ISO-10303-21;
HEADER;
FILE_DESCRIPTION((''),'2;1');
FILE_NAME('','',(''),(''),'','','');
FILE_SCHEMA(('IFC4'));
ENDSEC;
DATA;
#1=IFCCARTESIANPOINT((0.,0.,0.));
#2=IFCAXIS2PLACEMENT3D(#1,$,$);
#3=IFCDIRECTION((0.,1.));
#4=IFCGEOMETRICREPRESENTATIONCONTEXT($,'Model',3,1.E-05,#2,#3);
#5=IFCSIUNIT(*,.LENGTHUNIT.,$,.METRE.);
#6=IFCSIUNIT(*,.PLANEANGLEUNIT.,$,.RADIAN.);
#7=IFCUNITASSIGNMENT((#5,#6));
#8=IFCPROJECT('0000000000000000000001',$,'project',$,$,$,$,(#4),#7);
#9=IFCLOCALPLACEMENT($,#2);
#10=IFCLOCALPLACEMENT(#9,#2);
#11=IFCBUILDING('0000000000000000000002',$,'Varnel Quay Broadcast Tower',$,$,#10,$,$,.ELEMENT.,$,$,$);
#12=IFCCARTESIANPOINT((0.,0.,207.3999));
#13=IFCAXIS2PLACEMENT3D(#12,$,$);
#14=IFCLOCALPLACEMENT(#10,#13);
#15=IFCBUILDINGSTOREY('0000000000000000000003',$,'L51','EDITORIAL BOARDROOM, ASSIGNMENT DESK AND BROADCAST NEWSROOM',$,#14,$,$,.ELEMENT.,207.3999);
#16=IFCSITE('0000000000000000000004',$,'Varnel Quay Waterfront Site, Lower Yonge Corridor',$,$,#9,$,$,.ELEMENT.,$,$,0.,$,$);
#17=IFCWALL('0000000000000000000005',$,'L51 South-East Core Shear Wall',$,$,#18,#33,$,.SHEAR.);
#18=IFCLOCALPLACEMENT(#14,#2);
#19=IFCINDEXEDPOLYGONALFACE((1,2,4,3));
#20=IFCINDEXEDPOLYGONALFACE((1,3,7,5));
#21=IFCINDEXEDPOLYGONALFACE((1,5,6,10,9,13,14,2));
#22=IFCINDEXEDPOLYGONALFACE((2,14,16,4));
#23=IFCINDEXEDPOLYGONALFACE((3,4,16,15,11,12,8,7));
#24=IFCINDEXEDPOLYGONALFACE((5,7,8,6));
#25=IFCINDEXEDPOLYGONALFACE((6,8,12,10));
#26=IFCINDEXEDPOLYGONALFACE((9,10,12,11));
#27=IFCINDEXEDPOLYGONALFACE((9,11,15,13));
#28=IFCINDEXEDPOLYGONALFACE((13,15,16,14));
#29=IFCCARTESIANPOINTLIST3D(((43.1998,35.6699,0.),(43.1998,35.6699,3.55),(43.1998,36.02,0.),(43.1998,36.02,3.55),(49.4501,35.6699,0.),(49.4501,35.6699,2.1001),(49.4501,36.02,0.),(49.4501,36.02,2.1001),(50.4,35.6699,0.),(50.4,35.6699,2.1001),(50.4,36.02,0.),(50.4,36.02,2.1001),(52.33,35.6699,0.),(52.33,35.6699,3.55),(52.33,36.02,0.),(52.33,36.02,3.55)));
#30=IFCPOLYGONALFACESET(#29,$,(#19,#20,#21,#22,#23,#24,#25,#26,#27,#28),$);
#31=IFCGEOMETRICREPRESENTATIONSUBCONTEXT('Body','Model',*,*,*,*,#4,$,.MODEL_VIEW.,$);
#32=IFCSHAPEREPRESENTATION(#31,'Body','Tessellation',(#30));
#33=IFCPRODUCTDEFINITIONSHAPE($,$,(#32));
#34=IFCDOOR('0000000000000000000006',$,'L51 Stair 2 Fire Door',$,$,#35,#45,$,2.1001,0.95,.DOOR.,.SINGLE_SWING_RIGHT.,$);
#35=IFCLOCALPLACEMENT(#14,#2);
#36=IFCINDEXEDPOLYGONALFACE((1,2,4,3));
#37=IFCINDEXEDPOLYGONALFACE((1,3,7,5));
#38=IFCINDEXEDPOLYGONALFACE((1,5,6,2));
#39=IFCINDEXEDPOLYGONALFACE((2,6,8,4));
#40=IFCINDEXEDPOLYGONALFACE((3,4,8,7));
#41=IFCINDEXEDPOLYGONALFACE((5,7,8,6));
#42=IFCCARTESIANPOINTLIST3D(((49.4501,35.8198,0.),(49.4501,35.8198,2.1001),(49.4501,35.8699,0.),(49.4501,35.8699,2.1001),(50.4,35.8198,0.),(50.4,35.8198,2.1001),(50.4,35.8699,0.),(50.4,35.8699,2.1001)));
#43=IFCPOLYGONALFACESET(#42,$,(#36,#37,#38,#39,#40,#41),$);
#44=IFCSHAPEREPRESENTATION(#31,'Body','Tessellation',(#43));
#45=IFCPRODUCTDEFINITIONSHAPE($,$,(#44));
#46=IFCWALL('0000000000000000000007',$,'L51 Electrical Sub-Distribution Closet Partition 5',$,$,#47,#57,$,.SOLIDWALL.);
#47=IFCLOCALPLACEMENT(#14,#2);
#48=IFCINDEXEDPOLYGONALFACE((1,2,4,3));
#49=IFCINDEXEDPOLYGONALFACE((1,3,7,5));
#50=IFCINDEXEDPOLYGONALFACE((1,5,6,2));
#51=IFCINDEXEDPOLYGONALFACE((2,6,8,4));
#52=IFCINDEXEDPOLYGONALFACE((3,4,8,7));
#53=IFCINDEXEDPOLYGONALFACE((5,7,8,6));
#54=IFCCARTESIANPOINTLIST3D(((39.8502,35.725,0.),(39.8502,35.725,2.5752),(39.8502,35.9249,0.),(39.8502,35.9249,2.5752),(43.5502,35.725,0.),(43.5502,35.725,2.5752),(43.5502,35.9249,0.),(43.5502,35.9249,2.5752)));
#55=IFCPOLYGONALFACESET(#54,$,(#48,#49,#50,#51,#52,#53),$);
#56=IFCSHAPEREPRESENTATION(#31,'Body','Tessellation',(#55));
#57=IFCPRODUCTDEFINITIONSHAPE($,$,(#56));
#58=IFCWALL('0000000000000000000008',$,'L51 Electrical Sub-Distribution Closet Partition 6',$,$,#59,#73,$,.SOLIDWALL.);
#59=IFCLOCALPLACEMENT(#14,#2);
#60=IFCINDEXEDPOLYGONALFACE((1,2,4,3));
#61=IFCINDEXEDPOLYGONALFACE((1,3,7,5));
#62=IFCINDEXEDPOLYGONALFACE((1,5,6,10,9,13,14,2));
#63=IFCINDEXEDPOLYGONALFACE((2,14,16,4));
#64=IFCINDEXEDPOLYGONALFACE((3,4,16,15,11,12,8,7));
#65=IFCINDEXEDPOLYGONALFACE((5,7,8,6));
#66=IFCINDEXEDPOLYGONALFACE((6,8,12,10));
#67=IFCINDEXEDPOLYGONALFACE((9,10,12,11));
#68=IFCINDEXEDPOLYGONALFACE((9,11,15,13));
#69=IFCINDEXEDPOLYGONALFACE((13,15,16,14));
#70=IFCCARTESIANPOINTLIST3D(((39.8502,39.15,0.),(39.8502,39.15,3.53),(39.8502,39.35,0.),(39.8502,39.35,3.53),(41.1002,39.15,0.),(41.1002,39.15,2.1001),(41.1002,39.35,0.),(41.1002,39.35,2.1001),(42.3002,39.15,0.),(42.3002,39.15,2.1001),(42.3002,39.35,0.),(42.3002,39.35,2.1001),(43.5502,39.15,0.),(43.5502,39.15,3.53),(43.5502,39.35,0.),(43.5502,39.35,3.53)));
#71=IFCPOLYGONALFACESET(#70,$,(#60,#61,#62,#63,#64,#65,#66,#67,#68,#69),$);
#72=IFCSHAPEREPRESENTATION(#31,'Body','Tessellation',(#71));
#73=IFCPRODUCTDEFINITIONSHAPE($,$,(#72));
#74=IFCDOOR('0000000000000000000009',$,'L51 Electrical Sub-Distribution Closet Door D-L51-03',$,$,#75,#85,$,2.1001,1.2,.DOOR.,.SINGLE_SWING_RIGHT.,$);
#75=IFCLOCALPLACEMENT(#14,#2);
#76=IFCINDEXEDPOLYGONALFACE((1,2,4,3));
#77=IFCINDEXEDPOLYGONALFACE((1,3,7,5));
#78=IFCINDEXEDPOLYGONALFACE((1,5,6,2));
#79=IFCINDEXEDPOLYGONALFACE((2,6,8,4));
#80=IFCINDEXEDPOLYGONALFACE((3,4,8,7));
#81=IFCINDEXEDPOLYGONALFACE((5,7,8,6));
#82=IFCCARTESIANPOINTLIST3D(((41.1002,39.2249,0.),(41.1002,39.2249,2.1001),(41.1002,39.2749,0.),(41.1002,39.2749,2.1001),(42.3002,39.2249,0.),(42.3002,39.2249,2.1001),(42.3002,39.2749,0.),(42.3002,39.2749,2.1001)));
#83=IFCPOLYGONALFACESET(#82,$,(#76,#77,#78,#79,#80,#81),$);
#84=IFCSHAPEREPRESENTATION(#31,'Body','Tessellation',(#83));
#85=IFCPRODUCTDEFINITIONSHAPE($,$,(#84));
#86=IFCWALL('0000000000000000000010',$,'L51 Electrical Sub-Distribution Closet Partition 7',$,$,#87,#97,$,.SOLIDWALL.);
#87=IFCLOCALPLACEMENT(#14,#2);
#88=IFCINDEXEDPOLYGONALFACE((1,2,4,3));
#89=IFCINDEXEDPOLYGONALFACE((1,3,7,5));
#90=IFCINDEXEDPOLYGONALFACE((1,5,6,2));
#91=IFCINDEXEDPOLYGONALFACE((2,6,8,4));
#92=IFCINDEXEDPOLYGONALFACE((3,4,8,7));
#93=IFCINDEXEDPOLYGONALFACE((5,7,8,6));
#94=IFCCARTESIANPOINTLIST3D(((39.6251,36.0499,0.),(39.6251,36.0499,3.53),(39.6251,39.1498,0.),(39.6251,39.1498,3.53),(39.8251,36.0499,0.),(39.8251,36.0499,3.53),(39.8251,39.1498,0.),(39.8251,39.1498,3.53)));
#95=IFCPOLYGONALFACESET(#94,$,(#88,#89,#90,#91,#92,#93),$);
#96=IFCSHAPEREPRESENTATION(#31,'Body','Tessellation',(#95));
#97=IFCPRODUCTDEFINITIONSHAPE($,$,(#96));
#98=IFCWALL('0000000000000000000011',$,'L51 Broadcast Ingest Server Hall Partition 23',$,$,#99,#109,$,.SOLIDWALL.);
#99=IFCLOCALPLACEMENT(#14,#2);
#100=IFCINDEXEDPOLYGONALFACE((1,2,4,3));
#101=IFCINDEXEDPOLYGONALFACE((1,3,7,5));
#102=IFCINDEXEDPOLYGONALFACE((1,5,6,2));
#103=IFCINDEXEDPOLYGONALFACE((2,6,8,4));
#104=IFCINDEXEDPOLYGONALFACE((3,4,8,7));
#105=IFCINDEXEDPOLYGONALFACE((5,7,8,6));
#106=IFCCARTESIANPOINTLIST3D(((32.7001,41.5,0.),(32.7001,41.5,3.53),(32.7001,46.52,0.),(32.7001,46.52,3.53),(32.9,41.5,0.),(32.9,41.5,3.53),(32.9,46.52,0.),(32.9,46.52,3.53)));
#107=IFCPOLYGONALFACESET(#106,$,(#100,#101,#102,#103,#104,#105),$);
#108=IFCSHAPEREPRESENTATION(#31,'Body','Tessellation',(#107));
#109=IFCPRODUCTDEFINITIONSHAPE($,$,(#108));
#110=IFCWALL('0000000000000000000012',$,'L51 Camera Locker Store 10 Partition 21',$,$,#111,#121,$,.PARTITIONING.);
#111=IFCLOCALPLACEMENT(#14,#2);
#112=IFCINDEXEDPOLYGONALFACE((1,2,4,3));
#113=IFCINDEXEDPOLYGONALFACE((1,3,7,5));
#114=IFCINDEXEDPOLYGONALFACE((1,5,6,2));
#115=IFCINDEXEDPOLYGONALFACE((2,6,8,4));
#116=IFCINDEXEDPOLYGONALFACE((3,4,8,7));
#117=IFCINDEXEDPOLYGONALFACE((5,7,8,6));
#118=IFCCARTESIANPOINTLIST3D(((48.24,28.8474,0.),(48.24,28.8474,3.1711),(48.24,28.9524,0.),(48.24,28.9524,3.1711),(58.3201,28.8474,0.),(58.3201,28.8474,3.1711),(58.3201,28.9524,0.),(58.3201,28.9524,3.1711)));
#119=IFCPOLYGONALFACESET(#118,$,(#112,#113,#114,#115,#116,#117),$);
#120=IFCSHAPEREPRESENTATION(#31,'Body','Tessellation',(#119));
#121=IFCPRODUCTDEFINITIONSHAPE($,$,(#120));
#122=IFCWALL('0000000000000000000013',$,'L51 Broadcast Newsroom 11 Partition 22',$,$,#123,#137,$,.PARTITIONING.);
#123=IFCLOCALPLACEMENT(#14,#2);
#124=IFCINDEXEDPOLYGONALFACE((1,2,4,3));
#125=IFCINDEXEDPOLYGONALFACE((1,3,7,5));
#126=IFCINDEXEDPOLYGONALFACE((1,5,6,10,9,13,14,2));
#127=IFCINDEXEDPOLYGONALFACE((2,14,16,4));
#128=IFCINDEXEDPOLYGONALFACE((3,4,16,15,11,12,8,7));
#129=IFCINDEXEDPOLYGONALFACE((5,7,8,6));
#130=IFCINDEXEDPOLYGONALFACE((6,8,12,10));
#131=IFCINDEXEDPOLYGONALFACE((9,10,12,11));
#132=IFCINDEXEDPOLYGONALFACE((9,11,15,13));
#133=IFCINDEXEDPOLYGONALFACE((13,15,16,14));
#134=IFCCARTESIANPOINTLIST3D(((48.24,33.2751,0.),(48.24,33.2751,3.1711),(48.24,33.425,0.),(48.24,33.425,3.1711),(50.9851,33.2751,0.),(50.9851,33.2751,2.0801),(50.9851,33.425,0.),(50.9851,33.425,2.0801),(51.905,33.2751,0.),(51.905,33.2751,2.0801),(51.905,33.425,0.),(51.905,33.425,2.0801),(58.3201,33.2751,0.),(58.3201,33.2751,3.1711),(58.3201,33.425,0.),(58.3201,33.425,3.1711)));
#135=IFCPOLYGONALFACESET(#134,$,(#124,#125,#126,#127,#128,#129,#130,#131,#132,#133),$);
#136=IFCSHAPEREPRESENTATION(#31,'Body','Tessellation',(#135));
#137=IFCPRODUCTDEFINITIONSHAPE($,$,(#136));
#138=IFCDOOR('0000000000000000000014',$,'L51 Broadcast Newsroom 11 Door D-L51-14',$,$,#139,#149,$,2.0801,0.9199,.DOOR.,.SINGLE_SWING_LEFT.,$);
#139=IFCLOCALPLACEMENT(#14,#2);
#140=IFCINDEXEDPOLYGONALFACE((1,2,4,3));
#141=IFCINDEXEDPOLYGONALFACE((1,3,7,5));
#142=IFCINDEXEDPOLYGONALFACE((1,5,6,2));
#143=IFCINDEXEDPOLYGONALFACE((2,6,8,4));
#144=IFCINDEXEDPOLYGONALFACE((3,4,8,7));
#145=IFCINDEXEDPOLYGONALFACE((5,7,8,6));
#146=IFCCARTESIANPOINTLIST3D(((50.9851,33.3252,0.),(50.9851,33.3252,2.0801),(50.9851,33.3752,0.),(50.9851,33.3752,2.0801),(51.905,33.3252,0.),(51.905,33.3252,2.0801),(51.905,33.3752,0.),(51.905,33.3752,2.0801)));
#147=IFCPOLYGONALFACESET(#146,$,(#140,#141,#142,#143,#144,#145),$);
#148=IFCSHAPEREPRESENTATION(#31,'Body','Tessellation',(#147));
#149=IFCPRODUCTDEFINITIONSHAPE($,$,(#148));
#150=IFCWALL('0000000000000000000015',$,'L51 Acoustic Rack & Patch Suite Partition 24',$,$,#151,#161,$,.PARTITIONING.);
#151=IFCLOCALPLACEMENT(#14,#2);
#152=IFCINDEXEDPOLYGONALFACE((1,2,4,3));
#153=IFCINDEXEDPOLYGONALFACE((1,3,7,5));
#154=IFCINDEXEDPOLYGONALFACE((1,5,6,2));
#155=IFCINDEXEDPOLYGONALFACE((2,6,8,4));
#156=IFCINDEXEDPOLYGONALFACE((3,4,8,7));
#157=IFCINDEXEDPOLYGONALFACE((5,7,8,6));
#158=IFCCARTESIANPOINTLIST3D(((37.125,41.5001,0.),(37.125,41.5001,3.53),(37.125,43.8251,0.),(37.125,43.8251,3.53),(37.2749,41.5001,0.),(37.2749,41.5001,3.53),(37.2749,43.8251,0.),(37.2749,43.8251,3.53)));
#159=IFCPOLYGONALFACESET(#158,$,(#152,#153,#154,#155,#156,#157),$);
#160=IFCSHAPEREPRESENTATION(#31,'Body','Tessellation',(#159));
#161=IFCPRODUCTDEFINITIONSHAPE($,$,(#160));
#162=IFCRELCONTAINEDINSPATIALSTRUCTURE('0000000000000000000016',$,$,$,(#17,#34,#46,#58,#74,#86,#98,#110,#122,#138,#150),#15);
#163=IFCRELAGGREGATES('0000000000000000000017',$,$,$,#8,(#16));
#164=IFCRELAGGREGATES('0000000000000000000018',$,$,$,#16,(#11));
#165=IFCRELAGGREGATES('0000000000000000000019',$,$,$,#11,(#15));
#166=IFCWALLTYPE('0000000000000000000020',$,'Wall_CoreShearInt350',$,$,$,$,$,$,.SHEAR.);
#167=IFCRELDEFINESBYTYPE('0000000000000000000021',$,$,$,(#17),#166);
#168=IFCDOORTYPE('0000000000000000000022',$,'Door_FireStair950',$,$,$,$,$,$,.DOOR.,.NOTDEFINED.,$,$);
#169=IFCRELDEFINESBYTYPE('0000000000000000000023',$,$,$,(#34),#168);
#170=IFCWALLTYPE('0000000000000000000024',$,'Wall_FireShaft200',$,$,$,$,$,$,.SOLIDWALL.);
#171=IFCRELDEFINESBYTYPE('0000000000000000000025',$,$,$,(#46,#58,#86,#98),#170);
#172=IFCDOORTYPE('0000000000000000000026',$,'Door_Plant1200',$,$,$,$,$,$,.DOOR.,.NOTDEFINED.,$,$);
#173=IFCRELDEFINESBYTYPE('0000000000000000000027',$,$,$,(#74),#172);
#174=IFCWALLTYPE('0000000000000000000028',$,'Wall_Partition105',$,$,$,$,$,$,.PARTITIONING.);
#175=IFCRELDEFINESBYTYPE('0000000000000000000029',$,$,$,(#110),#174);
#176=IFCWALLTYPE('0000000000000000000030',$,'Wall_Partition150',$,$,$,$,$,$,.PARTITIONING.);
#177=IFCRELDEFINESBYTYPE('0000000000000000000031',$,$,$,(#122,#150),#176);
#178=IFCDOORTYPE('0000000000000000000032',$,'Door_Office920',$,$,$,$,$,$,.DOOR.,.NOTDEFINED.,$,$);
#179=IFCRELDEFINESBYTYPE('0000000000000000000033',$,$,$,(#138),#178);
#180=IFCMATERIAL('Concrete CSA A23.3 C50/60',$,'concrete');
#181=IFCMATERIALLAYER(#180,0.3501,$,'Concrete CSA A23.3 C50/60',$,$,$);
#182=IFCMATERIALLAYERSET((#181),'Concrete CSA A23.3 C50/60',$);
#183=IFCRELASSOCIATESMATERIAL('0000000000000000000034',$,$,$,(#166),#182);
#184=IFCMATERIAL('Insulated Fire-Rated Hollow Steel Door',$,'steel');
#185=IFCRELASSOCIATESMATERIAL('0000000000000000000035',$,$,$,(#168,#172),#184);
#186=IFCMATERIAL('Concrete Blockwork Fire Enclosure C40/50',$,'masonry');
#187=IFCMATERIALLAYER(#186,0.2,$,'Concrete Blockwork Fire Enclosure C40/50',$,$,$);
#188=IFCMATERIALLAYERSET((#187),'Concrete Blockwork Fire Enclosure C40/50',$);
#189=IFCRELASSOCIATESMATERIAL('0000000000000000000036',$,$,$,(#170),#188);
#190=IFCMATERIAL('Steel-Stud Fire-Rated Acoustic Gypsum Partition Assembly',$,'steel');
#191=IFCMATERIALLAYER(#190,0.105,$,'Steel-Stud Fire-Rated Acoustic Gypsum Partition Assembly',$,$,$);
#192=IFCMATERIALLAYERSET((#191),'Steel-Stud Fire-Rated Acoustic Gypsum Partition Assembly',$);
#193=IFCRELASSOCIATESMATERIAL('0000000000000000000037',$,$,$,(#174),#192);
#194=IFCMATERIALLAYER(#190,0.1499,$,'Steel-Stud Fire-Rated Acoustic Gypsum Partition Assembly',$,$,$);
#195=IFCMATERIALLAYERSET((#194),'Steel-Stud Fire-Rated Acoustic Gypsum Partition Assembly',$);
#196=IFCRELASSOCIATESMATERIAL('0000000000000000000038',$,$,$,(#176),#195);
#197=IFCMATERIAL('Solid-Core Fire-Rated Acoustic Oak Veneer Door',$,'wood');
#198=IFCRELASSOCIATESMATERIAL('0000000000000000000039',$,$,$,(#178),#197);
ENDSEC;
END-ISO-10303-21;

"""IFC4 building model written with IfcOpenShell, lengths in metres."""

from ifc_helpers import new_model, si_unit, direction, frame, frame_2d, origin, place, context, subcontext, project, spatial, rectangle, extrude, source, transform, mapped, material, layer, layer_set, type_object, type_shapes, element, fill, save


model = new_model("IFC4")

# Units and contexts
model_context = context("Model", 3, precision=1e-05, world=origin(), true_north=direction((0.0, 1.0)))
body_context = subcontext(model_context, "Body", "Model", "MODEL_VIEW")
ifc_project = project(units=[si_unit("LENGTHUNIT", "METRE"), si_unit("PLANEANGLEUNIT", "RADIAN")], contexts=[model_context])

# Site, building, storey
site_placement = place(None, origin())
site = spatial("IfcSite", under=ifc_project, at=site_placement, Name="Varnel Quay Waterfront Site, Lower Yonge Corridor", CompositionType="ELEMENT", RefElevation=0.0)
building_placement = place(site_placement, origin())
building = spatial("IfcBuilding", under=site, at=building_placement, Name="Varnel Quay Broadcast Tower", CompositionType="ELEMENT")
storey_placement = place(building_placement, frame((0.0, 0.0, 207.3999)))
storey = spatial("IfcBuildingStorey", under=building, at=storey_placement, Name="L51", Description="EDITORIAL BOARDROOM, ASSIGNMENT DESK AND BROADCAST NEWSROOM", CompositionType="ELEMENT", Elevation=207.3999)

# Shared definitions
ifc_material_1 = material(Name="Concrete CSA A23.3 C50/60", Category="concrete")

# Wall, opening, door
ifc_layer_1 = layer(ifc_material_1, 0.3501, Name="Concrete CSA A23.3 C50/60")
ifc_layer_set_1 = layer_set([ifc_layer_1], Name="Concrete CSA A23.3 C50/60")
wall_type_1 = type_object("IfcWallType", Name="Wall_CoreShearInt350", PredefinedType="SHEAR", material=ifc_layer_set_1)
wall_1_placement = place(storey_placement, frame((43.2, 35.845, 0.0), z_axis=(0.0, 0.0, 1.0), x_axis=(1.0, 0.0, 0.0)))
wall_1 = element("IfcWall", 1, at=wall_1_placement, inside=storey, type_object=wall_type_1, Name="L51 South-East Core Shear Wall", PredefinedType="SHEAR", context=body_context, shape_type="SweptSolid", body=[
    extrude(rectangle(XDim=9.1301, YDim=0.3501, at=frame_2d((4.5649, 0.0))), origin(), (0.0, 0.0, 1.0), 3.55),
])
opening_1_placement = place(wall_1_placement, frame((6.25, 0.0, 0.0)))
opening_1 = element("IfcOpeningElement", 2, at=opening_1_placement, cuts=wall_1, PredefinedType="OPENING", context=body_context, shape_type="SweptSolid", body=[
    extrude(rectangle(XDim=0.95, YDim=2.1001, at=frame_2d((0.4751, 1.05))), frame((0.0, 0.1851, 0.0), z_axis=(0.0, -1.0, 0.0), x_axis=(1.0, 0.0, 0.0)), (0.0, 0.0, 1.0), 0.3701),
])
ifc_material_2 = material(Name="Insulated Fire-Rated Hollow Steel Door", Category="steel")
door_type_1 = type_object("IfcDoorType", Name="Door_FireStair950", OperationType="NOTDEFINED", PredefinedType="DOOR", material=ifc_material_2)
shared_shape_1 = source(origin(), body_context, "Body", "SweptSolid", [
    extrude(rectangle(XDim=0.95, YDim=2.1001, at=frame_2d((0.4751, 1.05))), frame((0.0, 0.0249, 0.0), z_axis=(0.0, -1.0, 0.0), x_axis=(1.0, 0.0, 0.0)), (0.0, 0.0, 1.0), 0.05),
])
type_shapes(door_type_1, [shared_shape_1])
door_1_placement = place(opening_1_placement, origin())
door_1 = element("IfcDoor", 3, at=door_1_placement, inside=storey, type_object=door_type_1, Name="L51 Stair 2 Fire Door", OperationType="SINGLE_SWING_RIGHT", OverallHeight=2.1001, OverallWidth=0.95, PredefinedType="DOOR", context=body_context, shape_type="MappedRepresentation", body=[
    mapped(shared_shape_1, transform((0.0, 0.0, 0.0), x_axis=(1.0, 0.0, 0.0), y_axis=(0.0, 1.0, 0.0), z_axis=(0.0, 0.0, 1.0), scale=1.0)),
])
fill(opening_1, door_1)

# Wall
ifc_material_3 = material(Name="Concrete Blockwork Fire Enclosure C40/50", Category="masonry")
ifc_layer_2 = layer(ifc_material_3, 0.2, Name="Concrete Blockwork Fire Enclosure C40/50")
ifc_layer_set_2 = layer_set([ifc_layer_2], Name="Concrete Blockwork Fire Enclosure C40/50")
wall_type_2 = type_object("IfcWallType", Name="Wall_FireShaft200", PredefinedType="SOLIDWALL", material=ifc_layer_set_2)
wall_2_placement = place(storey_placement, frame((39.8501, 35.825, 0.0), z_axis=(0.0, 0.0, 1.0), x_axis=(1.0, 0.0, 0.0)))
element("IfcWall", 4, at=wall_2_placement, inside=storey, type_object=wall_type_2, Name="L51 Electrical Sub-Distribution Closet Partition 5", PredefinedType="SOLIDWALL", context=body_context, shape_type="SweptSolid", body=[
    extrude(rectangle(XDim=3.7, YDim=0.2, at=frame_2d((1.8501, 0.0))), origin(), (0.0, 0.0, 1.0), 2.5752),
])

# Wall, opening, door
wall_3_placement = place(storey_placement, frame((39.8501, 39.25, 0.0), z_axis=(0.0, 0.0, 1.0), x_axis=(1.0, 0.0, 0.0)))
wall_3 = element("IfcWall", 5, at=wall_3_placement, inside=storey, type_object=wall_type_2, Name="L51 Electrical Sub-Distribution Closet Partition 6", PredefinedType="SOLIDWALL", context=body_context, shape_type="SweptSolid", body=[
    extrude(rectangle(XDim=3.7, YDim=0.2, at=frame_2d((1.8501, 0.0))), origin(), (0.0, 0.0, 1.0), 3.53),
])
opening_2_placement = place(wall_3_placement, frame((1.25, 0.0, 0.0)))
opening_2 = element("IfcOpeningElement", 6, at=opening_2_placement, cuts=wall_3, PredefinedType="OPENING", context=body_context, shape_type="SweptSolid", body=[
    extrude(rectangle(XDim=1.2, YDim=2.1001, at=frame_2d((0.6001, 1.05))), frame((0.0, 0.1099, 0.0), z_axis=(0.0, -1.0, 0.0), x_axis=(1.0, 0.0, 0.0)), (0.0, 0.0, 1.0), 0.22),
])
door_type_2 = type_object("IfcDoorType", Name="Door_Plant1200", OperationType="NOTDEFINED", PredefinedType="DOOR", material=ifc_material_2)
shared_shape_2 = source(origin(), body_context, "Body", "SweptSolid", [
    extrude(rectangle(XDim=1.2, YDim=2.1001, at=frame_2d((0.6001, 1.05))), frame((0.0, 0.0249, 0.0), z_axis=(0.0, -1.0, 0.0), x_axis=(1.0, 0.0, 0.0)), (0.0, 0.0, 1.0), 0.05),
])
type_shapes(door_type_2, [shared_shape_2])
door_2_placement = place(opening_2_placement, origin())
door_2 = element("IfcDoor", 7, at=door_2_placement, inside=storey, type_object=door_type_2, Name="L51 Electrical Sub-Distribution Closet Door D-L51-03", OperationType="SINGLE_SWING_RIGHT", OverallHeight=2.1001, OverallWidth=1.2, PredefinedType="DOOR", context=body_context, shape_type="MappedRepresentation", body=[
    mapped(shared_shape_2, transform((0.0, 0.0, 0.0), x_axis=(1.0, 0.0, 0.0), y_axis=(0.0, 1.0, 0.0), z_axis=(0.0, 0.0, 1.0), scale=1.0)),
])
fill(opening_2, door_2)

# Walls
wall_4_placement = place(storey_placement, frame((39.7251, 36.05, 0.0), z_axis=(0.0, 0.0, 1.0), x_axis=(0.0, 1.0, 0.0)))
element("IfcWall", 8, at=wall_4_placement, inside=storey, type_object=wall_type_2, Name="L51 Electrical Sub-Distribution Closet Partition 7", PredefinedType="SOLIDWALL", context=body_context, shape_type="SweptSolid", body=[
    extrude(rectangle(XDim=3.0999, YDim=0.2, at=frame_2d((1.5498, 0.0))), origin(), (0.0, 0.0, 1.0), 3.53),
])
wall_5_placement = place(storey_placement, frame((32.8, 41.5, 0.0), z_axis=(0.0, 0.0, 1.0), x_axis=(0.0, 1.0, 0.0)))
element("IfcWall", 9, at=wall_5_placement, inside=storey, type_object=wall_type_2, Name="L51 Broadcast Ingest Server Hall Partition 23", PredefinedType="SOLIDWALL", context=body_context, shape_type="SweptSolid", body=[
    extrude(rectangle(XDim=5.02, YDim=0.2, at=frame_2d((2.51, 0.0))), origin(), (0.0, 0.0, 1.0), 3.53),
])
ifc_material_4 = material(Name="Steel-Stud Fire-Rated Acoustic Gypsum Partition Assembly", Category="steel")
ifc_layer_3 = layer(ifc_material_4, 0.105, Name="Steel-Stud Fire-Rated Acoustic Gypsum Partition Assembly")
ifc_layer_set_3 = layer_set([ifc_layer_3], Name="Steel-Stud Fire-Rated Acoustic Gypsum Partition Assembly")
wall_type_3 = type_object("IfcWallType", Name="Wall_Partition105", PredefinedType="PARTITIONING", material=ifc_layer_set_3)
wall_6_placement = place(storey_placement, frame((48.24, 28.8999, 0.0), z_axis=(0.0, 0.0, 1.0), x_axis=(1.0, 0.0, 0.0)))
element("IfcWall", 10, at=wall_6_placement, inside=storey, type_object=wall_type_3, Name="L51 Camera Locker Store 10 Partition 21", PredefinedType="PARTITIONING", context=body_context, shape_type="SweptSolid", body=[
    extrude(rectangle(XDim=10.0801, YDim=0.105, at=frame_2d((5.04, 0.0))), origin(), (0.0, 0.0, 1.0), 3.1711),
])

# Wall, opening, door
ifc_layer_4 = layer(ifc_material_4, 0.1499, Name="Steel-Stud Fire-Rated Acoustic Gypsum Partition Assembly")
ifc_layer_set_4 = layer_set([ifc_layer_4], Name="Steel-Stud Fire-Rated Acoustic Gypsum Partition Assembly")
wall_type_4 = type_object("IfcWallType", Name="Wall_Partition150", PredefinedType="PARTITIONING", material=ifc_layer_set_4)
wall_7_placement = place(storey_placement, frame((48.24, 33.3501, 0.0), z_axis=(0.0, 0.0, 1.0), x_axis=(1.0, 0.0, 0.0)))
wall_7 = element("IfcWall", 11, at=wall_7_placement, inside=storey, type_object=wall_type_4, Name="L51 Broadcast Newsroom 11 Partition 22", PredefinedType="PARTITIONING", context=body_context, shape_type="SweptSolid", body=[
    extrude(rectangle(XDim=10.0801, YDim=0.1499, at=frame_2d((5.04, 0.0))), origin(), (0.0, 0.0, 1.0), 3.1711),
])
opening_3_placement = place(wall_7_placement, frame((2.7451, 0.0, 0.0)))
opening_3 = element("IfcOpeningElement", 12, at=opening_3_placement, cuts=wall_7, PredefinedType="OPENING", context=body_context, shape_type="SweptSolid", body=[
    extrude(rectangle(XDim=0.9199, YDim=2.0801, at=frame_2d((0.46, 1.04))), frame((0.0, 0.085, 0.0), z_axis=(0.0, -1.0, 0.0), x_axis=(1.0, 0.0, 0.0)), (0.0, 0.0, 1.0), 0.1699),
])
ifc_material_5 = material(Name="Solid-Core Fire-Rated Acoustic Oak Veneer Door", Category="wood")
door_type_3 = type_object("IfcDoorType", Name="Door_Office920", OperationType="NOTDEFINED", PredefinedType="DOOR", material=ifc_material_5)
shared_shape_3 = source(origin(), body_context, "Body", "SweptSolid", [
    extrude(rectangle(XDim=0.9199, YDim=2.0801, at=frame_2d((0.46, 1.04))), frame((0.0, 0.0249, 0.0), z_axis=(0.0, -1.0, 0.0), x_axis=(1.0, 0.0, 0.0)), (0.0, 0.0, 1.0), 0.05),
])
type_shapes(door_type_3, [shared_shape_3])
door_3_placement = place(opening_3_placement, frame((0.9199, 0.0, 0.0), z_axis=(0.0, 0.0, 1.0), x_axis=(-1.0, 0.0, 0.0)))
door_3 = element("IfcDoor", 13, at=door_3_placement, inside=storey, type_object=door_type_3, Name="L51 Broadcast Newsroom 11 Door D-L51-14", OperationType="SINGLE_SWING_LEFT", OverallHeight=2.0801, OverallWidth=0.9199, PredefinedType="DOOR", context=body_context, shape_type="MappedRepresentation", body=[
    mapped(shared_shape_3, transform((0.0, 0.0, 0.0), x_axis=(1.0, 0.0, 0.0), y_axis=(0.0, 1.0, 0.0), z_axis=(0.0, 0.0, 1.0), scale=1.0)),
])
fill(opening_3, door_3)

# Wall
wall_8_placement = place(storey_placement, frame((37.2, 41.5, 0.0), z_axis=(0.0, 0.0, 1.0), x_axis=(0.0, 1.0, 0.0)))
element("IfcWall", 14, at=wall_8_placement, inside=storey, type_object=wall_type_4, Name="L51 Acoustic Rack & Patch Suite Partition 24", PredefinedType="PARTITIONING", context=body_context, shape_type="SweptSolid", body=[
    extrude(rectangle(XDim=2.325, YDim=0.1499, at=frame_2d((1.1626, 0.0))), origin(), (0.0, 0.0, 1.0), 3.53),
])

save(model, "model.ifc")
